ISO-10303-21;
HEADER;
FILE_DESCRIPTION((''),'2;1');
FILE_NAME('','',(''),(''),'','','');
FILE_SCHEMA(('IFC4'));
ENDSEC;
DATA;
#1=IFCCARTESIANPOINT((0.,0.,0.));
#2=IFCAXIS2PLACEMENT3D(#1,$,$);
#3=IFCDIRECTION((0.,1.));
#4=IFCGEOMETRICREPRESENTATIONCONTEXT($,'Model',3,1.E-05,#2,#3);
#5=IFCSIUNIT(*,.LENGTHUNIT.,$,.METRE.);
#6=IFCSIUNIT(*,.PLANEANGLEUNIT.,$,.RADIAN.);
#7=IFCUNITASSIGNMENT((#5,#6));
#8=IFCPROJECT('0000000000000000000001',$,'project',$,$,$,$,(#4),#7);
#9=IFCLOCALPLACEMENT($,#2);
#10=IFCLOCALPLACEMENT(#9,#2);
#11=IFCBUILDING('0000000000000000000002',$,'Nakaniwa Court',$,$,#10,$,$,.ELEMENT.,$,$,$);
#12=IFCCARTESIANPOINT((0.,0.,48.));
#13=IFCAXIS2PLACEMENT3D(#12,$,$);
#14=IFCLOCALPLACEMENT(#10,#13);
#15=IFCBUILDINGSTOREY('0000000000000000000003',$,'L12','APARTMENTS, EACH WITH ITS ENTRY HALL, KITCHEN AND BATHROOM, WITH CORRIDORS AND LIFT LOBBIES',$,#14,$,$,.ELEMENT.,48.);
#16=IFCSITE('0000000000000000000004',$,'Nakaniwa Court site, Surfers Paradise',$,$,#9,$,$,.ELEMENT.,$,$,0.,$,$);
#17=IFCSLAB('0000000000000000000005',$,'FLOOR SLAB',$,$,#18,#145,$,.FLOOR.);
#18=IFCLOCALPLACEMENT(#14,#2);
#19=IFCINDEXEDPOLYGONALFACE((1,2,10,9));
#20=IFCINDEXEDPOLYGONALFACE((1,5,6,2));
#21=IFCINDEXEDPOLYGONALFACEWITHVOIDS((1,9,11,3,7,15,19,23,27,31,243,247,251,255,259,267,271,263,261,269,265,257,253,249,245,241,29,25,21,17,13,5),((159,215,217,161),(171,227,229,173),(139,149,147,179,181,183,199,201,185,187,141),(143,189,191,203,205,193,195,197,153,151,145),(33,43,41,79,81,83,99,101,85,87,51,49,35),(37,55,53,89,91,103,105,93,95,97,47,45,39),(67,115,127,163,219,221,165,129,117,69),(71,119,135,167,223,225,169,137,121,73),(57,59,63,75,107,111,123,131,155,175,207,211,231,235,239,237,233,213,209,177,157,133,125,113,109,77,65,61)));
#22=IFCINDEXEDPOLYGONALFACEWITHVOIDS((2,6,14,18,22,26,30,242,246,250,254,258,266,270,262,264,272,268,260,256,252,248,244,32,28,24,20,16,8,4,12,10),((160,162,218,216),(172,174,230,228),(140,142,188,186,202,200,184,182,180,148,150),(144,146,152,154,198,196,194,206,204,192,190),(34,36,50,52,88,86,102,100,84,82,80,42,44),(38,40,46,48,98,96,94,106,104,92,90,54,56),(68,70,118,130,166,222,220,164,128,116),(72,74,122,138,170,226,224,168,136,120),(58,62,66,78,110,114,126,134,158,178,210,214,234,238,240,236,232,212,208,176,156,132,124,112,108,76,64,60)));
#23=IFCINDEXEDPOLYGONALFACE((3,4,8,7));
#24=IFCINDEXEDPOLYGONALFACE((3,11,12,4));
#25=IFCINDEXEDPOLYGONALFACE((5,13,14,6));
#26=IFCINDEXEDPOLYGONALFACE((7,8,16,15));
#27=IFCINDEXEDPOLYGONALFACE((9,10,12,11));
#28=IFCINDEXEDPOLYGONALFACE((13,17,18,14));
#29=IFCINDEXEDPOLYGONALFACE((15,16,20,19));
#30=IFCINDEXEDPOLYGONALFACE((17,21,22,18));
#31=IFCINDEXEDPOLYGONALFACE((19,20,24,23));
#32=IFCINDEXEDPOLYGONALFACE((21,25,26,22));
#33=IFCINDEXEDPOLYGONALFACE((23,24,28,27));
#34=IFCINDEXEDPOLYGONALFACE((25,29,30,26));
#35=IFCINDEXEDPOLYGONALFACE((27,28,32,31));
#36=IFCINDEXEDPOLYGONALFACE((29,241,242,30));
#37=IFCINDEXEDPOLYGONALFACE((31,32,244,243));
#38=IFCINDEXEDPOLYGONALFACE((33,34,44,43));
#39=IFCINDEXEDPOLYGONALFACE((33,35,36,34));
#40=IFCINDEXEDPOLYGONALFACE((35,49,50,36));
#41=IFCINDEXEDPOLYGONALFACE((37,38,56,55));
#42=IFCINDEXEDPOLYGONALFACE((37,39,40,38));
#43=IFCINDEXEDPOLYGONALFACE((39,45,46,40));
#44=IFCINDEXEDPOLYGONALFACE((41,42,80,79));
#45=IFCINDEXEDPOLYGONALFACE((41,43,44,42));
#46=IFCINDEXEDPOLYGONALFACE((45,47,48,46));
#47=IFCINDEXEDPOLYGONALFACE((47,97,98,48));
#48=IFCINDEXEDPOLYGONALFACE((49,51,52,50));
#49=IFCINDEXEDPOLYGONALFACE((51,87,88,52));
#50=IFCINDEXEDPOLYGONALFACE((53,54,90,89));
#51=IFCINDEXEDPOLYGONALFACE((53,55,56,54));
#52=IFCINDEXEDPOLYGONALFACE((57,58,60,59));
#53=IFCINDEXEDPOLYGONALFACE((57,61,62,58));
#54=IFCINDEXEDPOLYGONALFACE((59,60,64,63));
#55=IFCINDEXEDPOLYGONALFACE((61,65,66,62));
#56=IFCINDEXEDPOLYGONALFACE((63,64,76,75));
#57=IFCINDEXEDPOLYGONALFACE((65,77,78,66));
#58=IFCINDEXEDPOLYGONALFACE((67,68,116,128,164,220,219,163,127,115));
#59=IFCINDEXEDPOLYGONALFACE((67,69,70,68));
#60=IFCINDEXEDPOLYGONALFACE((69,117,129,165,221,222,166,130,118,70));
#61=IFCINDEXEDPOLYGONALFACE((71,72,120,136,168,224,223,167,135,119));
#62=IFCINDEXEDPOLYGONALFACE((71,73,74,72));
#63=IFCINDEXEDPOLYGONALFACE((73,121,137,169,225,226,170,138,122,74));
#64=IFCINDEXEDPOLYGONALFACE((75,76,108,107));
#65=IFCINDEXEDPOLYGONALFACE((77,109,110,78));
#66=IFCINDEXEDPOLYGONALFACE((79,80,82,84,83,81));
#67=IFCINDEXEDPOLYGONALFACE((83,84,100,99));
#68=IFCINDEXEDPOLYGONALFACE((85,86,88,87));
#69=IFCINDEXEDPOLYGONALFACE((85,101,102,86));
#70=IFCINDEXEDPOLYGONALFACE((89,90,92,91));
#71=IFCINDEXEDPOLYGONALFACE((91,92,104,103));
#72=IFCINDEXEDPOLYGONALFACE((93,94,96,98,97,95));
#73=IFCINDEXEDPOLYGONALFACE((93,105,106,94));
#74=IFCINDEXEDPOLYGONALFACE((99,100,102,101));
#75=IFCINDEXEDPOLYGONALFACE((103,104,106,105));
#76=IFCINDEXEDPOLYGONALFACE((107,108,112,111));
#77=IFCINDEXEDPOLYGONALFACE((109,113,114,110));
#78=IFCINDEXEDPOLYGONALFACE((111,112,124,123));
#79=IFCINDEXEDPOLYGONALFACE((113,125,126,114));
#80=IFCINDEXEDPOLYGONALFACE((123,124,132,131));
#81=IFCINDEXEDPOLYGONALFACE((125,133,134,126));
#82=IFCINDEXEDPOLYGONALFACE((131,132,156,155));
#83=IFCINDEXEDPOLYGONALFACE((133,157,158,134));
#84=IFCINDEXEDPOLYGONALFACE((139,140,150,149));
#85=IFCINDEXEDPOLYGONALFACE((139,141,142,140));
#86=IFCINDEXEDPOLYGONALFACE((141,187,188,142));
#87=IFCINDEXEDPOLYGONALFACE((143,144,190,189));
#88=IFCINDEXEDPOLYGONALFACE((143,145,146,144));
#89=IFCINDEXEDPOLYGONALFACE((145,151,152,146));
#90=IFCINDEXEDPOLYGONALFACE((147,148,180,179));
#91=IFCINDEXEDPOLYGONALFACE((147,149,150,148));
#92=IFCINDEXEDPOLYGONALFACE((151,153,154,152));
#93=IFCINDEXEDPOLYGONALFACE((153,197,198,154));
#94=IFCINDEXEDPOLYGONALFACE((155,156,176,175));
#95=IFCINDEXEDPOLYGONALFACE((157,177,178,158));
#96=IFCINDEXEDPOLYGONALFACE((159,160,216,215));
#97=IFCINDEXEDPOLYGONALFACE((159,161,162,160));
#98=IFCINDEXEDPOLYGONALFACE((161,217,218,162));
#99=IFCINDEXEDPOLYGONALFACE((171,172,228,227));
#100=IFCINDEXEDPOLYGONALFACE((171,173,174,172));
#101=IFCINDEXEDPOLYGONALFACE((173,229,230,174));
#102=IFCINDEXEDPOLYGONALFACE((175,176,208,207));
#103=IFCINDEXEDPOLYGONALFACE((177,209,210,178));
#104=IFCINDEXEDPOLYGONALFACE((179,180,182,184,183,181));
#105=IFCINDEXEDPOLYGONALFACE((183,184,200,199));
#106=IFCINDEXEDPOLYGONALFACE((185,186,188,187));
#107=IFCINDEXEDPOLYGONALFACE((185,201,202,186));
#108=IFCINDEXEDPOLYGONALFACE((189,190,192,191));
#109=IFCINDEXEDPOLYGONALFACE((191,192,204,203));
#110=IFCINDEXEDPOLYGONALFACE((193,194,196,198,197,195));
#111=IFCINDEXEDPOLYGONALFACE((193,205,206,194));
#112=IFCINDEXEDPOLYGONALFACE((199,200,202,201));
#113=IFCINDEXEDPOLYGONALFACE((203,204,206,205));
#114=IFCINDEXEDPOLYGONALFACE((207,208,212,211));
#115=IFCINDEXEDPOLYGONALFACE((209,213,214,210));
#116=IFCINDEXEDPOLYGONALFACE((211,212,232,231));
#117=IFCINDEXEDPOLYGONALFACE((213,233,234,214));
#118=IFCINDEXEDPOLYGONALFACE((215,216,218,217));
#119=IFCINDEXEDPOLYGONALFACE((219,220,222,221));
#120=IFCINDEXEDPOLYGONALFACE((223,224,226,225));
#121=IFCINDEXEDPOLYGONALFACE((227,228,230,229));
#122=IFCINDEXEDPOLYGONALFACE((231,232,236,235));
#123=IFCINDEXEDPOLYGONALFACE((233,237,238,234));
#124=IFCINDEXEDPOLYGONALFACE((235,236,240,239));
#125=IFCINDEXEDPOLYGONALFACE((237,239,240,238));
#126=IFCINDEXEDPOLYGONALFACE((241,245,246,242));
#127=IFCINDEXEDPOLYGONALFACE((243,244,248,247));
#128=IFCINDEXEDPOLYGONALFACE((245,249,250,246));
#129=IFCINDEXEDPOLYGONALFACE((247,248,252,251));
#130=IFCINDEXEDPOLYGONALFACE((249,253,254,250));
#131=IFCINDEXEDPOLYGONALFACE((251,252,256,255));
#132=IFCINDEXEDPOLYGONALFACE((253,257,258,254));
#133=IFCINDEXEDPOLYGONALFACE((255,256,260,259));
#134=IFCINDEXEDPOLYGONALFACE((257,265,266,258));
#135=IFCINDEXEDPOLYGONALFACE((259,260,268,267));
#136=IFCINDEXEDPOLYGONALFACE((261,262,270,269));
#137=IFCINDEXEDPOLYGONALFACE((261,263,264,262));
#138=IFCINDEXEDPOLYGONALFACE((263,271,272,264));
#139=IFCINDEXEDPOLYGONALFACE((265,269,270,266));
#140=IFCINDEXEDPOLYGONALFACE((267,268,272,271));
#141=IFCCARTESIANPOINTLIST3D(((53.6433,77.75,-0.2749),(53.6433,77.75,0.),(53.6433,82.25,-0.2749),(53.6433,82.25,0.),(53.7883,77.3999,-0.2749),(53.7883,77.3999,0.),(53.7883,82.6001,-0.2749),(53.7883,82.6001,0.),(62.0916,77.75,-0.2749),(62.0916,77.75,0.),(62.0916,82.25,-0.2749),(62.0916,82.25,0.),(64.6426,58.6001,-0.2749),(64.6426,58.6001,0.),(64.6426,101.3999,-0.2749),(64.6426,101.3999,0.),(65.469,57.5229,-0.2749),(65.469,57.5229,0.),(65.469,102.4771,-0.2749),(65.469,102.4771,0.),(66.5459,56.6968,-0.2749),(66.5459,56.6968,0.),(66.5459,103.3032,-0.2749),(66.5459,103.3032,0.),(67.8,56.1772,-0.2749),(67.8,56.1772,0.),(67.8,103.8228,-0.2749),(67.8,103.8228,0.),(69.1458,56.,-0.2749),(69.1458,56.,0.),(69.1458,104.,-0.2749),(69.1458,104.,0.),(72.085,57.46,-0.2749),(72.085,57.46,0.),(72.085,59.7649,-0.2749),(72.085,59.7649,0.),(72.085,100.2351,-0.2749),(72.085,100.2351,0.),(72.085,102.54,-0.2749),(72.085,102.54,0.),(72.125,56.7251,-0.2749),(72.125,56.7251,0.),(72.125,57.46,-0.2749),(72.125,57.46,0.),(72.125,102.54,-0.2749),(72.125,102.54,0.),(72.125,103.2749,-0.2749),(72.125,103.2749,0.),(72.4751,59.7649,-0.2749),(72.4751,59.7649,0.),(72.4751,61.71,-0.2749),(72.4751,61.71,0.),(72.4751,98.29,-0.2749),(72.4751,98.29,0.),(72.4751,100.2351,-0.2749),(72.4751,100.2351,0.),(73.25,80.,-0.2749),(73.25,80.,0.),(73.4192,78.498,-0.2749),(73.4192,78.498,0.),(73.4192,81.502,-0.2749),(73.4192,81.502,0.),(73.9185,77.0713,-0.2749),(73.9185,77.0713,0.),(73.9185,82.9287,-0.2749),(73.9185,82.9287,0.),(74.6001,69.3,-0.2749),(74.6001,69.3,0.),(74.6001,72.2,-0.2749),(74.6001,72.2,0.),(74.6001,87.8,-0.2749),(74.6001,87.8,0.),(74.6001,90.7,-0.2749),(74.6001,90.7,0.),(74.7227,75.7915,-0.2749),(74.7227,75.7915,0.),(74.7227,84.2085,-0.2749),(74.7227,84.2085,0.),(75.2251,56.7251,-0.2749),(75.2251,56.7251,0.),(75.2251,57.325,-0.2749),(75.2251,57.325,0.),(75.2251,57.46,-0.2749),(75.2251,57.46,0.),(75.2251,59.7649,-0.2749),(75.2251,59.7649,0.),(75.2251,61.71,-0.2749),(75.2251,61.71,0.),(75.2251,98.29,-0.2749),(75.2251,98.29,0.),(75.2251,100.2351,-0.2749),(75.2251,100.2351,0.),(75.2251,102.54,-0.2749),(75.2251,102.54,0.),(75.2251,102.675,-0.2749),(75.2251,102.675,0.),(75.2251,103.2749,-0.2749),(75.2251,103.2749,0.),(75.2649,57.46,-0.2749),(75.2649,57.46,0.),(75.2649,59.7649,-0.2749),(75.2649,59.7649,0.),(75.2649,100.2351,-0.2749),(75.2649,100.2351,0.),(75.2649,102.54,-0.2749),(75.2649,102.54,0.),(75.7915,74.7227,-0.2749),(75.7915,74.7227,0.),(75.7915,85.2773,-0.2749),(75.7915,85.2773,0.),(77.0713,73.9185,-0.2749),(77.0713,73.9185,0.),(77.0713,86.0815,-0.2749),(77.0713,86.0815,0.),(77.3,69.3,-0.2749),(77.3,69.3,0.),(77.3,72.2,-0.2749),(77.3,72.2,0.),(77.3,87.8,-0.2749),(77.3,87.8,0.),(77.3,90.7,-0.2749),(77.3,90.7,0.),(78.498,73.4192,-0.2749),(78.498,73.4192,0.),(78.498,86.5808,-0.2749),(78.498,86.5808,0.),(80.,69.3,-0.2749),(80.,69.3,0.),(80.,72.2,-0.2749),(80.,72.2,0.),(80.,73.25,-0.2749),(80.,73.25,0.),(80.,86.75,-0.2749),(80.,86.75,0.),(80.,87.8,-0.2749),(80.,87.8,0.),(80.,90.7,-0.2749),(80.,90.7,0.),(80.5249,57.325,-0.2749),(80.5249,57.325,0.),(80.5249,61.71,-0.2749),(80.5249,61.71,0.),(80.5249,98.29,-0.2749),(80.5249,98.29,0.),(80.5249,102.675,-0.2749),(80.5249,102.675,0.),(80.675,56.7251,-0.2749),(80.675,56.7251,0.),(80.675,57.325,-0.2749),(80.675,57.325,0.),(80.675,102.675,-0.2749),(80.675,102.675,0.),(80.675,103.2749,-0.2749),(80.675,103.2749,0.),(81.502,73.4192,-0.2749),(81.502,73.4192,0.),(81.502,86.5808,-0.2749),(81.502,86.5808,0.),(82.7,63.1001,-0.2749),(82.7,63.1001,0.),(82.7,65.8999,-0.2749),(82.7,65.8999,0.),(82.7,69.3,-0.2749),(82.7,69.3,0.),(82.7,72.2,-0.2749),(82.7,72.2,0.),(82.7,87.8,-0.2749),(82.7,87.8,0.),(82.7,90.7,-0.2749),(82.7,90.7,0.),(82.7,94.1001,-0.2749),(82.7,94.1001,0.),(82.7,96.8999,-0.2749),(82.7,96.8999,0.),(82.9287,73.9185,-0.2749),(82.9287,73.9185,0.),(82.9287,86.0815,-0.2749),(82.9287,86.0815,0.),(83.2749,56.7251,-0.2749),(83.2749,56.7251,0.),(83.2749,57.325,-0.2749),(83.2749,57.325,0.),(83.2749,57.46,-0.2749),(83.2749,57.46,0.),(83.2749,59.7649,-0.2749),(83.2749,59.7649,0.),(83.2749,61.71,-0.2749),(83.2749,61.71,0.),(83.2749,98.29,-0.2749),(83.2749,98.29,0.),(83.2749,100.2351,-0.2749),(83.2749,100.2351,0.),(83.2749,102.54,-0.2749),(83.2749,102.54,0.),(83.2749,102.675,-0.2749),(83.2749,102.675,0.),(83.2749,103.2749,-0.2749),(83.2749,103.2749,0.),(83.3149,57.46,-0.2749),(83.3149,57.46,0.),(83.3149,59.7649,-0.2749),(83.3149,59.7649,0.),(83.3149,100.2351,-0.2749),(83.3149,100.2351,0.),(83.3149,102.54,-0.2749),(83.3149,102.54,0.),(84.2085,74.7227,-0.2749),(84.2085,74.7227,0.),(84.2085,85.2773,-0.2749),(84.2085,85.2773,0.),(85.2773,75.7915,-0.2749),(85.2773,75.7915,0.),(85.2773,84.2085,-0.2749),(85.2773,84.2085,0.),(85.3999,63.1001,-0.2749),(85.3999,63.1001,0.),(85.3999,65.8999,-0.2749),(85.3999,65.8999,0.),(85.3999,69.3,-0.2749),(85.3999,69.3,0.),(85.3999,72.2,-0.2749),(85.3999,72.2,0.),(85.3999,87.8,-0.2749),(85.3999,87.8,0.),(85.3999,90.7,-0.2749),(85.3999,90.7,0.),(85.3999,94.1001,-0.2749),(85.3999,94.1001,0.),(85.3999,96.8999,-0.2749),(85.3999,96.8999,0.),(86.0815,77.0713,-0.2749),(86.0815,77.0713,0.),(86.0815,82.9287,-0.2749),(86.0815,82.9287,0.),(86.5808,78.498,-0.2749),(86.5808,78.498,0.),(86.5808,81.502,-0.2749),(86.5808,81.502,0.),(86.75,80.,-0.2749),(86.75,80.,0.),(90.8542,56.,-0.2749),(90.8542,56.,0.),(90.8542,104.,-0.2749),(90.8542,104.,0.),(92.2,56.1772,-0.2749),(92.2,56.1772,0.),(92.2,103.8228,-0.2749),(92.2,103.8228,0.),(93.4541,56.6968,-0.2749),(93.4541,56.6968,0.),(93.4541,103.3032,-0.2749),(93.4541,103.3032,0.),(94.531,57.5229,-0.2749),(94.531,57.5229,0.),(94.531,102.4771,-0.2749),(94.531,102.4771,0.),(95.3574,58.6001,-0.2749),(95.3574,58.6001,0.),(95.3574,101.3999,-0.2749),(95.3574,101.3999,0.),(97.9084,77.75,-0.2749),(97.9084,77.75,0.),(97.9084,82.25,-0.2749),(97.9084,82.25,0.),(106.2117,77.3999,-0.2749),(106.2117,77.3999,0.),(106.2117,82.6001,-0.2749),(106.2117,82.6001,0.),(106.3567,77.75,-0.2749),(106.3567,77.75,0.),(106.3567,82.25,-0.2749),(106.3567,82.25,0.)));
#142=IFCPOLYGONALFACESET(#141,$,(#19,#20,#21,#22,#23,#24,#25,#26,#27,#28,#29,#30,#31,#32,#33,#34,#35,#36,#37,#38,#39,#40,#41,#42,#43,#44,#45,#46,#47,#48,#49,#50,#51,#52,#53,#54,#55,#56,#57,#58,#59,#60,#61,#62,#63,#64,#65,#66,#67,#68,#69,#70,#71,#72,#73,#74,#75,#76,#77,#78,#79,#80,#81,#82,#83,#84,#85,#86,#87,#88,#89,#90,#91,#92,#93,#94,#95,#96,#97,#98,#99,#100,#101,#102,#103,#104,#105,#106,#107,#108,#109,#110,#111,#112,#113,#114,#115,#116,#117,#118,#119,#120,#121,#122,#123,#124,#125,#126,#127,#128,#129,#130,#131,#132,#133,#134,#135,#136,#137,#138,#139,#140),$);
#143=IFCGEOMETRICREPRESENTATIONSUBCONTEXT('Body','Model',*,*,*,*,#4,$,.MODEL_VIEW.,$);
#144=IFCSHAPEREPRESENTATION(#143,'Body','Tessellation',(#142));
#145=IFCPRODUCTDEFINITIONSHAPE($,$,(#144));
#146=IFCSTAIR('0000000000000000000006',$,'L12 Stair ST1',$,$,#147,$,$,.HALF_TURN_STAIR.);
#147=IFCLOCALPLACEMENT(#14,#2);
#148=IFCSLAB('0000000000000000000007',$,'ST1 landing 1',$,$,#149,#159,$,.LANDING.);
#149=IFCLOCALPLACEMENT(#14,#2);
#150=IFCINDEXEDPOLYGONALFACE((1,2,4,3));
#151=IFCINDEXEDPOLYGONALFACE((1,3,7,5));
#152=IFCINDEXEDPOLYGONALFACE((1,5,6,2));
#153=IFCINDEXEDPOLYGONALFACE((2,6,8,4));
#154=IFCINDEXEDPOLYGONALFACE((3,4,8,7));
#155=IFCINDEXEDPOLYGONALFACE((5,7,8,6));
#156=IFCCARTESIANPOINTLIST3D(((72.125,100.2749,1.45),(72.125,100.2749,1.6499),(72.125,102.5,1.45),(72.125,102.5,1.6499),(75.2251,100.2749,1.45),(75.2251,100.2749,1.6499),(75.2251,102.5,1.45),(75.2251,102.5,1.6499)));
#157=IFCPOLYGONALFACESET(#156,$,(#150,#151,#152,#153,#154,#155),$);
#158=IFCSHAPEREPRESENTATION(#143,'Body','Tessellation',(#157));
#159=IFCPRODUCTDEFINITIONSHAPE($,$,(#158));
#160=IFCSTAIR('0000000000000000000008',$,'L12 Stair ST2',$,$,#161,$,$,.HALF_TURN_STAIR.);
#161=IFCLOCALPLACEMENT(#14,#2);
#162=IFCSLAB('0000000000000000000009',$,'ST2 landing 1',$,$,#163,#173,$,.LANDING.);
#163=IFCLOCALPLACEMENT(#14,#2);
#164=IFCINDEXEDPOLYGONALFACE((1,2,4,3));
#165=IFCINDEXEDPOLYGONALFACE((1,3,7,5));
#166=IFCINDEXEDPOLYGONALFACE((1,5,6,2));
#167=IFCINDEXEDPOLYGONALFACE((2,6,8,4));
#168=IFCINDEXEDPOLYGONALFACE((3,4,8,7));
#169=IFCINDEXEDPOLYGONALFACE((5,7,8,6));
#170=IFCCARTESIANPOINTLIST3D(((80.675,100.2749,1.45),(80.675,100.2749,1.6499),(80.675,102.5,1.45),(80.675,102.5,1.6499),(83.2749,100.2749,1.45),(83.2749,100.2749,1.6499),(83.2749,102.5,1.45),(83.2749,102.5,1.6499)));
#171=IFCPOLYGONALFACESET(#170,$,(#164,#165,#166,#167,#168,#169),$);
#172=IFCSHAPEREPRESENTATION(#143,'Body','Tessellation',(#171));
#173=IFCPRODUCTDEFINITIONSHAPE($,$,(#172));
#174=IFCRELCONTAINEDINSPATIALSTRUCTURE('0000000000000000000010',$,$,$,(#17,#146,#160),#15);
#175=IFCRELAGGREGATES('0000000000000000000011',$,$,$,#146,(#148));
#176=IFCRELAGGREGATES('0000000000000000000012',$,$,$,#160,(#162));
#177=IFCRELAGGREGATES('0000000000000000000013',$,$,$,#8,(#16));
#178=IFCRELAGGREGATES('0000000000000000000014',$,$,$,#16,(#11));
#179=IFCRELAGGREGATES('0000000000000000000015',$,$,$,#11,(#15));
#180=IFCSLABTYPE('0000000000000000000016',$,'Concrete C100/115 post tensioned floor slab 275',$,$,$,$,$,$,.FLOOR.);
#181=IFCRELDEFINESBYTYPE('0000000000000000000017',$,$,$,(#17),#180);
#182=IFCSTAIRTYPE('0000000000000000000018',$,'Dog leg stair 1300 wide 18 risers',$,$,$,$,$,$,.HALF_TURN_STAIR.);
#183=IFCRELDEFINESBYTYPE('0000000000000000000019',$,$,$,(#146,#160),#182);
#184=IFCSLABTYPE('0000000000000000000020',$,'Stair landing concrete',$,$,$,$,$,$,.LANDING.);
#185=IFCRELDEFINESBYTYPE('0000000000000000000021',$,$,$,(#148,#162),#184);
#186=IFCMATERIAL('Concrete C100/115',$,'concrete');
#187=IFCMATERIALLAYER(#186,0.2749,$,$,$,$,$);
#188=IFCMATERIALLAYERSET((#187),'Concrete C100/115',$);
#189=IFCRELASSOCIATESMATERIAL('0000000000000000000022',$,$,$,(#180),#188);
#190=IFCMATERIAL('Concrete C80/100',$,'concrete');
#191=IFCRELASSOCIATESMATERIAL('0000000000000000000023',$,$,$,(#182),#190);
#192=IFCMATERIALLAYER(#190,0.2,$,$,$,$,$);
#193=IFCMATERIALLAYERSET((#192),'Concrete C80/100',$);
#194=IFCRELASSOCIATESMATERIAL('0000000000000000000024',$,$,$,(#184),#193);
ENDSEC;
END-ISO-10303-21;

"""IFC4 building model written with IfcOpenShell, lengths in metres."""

from ifc_helpers import new_model, si_unit, direction, frame, origin, place, context, subcontext, project, spatial, polyline, outline, extrude, material, layer, layer_set, type_object, element, aggregate, save


model = new_model("IFC4")

# Units and contexts
model_context = context("Model", 3, precision=1e-05, world=origin(), true_north=direction((0.0, 1.0)))
body_context = subcontext(model_context, "Body", "Model", "MODEL_VIEW")
ifc_project = project(units=[si_unit("LENGTHUNIT", "METRE"), si_unit("PLANEANGLEUNIT", "RADIAN")], contexts=[model_context])

# Site, building, storey
site_placement = place(None, origin())
site = spatial("IfcSite", under=ifc_project, at=site_placement, Name="Nakaniwa Court site, Surfers Paradise", CompositionType="ELEMENT", RefElevation=0.0)
building_placement = place(site_placement, origin())
building = spatial("IfcBuilding", under=site, at=building_placement, Name="Nakaniwa Court", CompositionType="ELEMENT")
storey_placement = place(building_placement, frame((0.0, 0.0, 48.0)))
storey = spatial("IfcBuildingStorey", under=building, at=storey_placement, Name="L12", Description="APARTMENTS, EACH WITH ITS ENTRY HALL, KITCHEN AND BATHROOM, WITH CORRIDORS AND LIFT LOBBIES", CompositionType="ELEMENT", Elevation=48.0)

# Shared definitions
ifc_material_1 = material(Name="Concrete C100/115", Category="concrete")

# Slab
ifc_layer_1 = layer(ifc_material_1, 0.2749)
ifc_layer_set_1 = layer_set([ifc_layer_1], Name="Concrete C100/115")
slab_type_1 = type_object("IfcSlabType", Name="Concrete C100/115 post tensioned floor slab 275", PredefinedType="FLOOR", material=ifc_layer_set_1)
slab_1_placement = place(storey_placement, frame((0.0, 0.0, -0.2749)))
element("IfcSlab", 1, at=slab_1_placement, inside=storey, type_object=slab_type_1, Name="FLOOR SLAB", PredefinedType="FLOOR", context=body_context, shape_type="SweptSolid", body=[
    extrude(outline(polyline([(97.9084, 82.25), (106.3567, 82.25), (106.2117, 82.6001), (95.3574, 101.3999), (94.531, 102.4771), (93.4541, 103.3032), (92.2, 103.8228), (90.8542, 104.0), (69.1458, 104.0), (67.8, 103.8228), (66.5459, 103.3032), (65.469, 102.4771), (64.6426, 101.3999), (53.7883, 82.6001), (53.6433, 82.25), (62.0916, 82.25), (62.0916, 77.75), (53.6433, 77.75), (53.7883, 77.3999), (64.6426, 58.6001), (65.469, 57.5229), (66.5459, 56.6968), (67.8, 56.1772), (69.1458, 56.0), (90.8542, 56.0), (92.2, 56.1772), (93.4541, 56.6968), (94.531, 57.5229), (95.3574, 58.6001), (106.2117, 77.3999), (106.3567, 77.75), (97.9084, 77.75), (97.9084, 82.25)]), holes=[polyline([(81.502, 86.5808), (80.0, 86.75), (78.498, 86.5808), (77.0713, 86.0815), (75.7915, 85.2773), (74.7227, 84.2085), (73.9185, 82.9287), (73.4192, 81.502), (73.25, 80.0), (73.4192, 78.498), (73.9185, 77.0713), (74.7227, 75.7915), (75.7915, 74.7227), (77.0713, 73.9185), (78.498, 73.4192), (80.0, 73.25), (81.502, 73.4192), (82.9287, 73.9185), (84.2085, 74.7227), (85.2773, 75.7915), (86.0815, 77.0713), (86.5808, 78.498), (86.75, 80.0), (86.5808, 81.502), (86.0815, 82.9287), (85.2773, 84.2085), (84.2085, 85.2773), (82.9287, 86.0815), (81.502, 86.5808)]), polyline([(75.2649, 57.46), (75.2649, 59.7649), (75.2251, 59.7649), (75.2251, 61.71), (72.4751, 61.71), (72.4751, 59.7649), (72.085, 59.7649), (72.085, 57.46), (72.125, 57.46), (72.125, 56.7251), (75.2251, 56.7251), (75.2251, 57.325), (75.2251, 57.46), (75.2649, 57.46)]), polyline([(80.0, 69.3), (82.7, 69.3), (85.3999, 69.3), (85.3999, 72.2), (82.7, 72.2), (80.0, 72.2), (77.3, 72.2), (74.6001, 72.2), (74.6001, 69.3), (77.3, 69.3), (80.0, 69.3)]), polyline([(80.0, 87.8), (82.7, 87.8), (85.3999, 87.8), (85.3999, 90.7), (82.7, 90.7), (80.0, 90.7), (77.3, 90.7), (74.6001, 90.7), (74.6001, 87.8), (77.3, 87.8), (80.0, 87.8)]), polyline([(75.2649, 100.2351), (75.2649, 102.54), (75.2251, 102.54), (75.2251, 102.675), (75.2251, 103.2749), (72.125, 103.2749), (72.125, 102.54), (72.085, 102.54), (72.085, 100.2351), (72.4751, 100.2351), (72.4751, 98.29), (75.2251, 98.29), (75.2251, 100.2351), (75.2649, 100.2351)]), polyline([(83.2749, 61.71), (80.5249, 61.71), (80.5249, 57.325), (80.675, 57.325), (80.675, 56.7251), (83.2749, 56.7251), (83.2749, 57.325), (83.2749, 57.46), (83.3149, 57.46), (83.3149, 59.7649), (83.2749, 59.7649), (83.2749, 61.71)]), polyline([(85.3999, 65.8999), (82.7, 65.8999), (82.7, 63.1001), (85.3999, 63.1001), (85.3999, 65.8999)]), polyline([(85.3999, 96.8999), (82.7, 96.8999), (82.7, 94.1001), (85.3999, 94.1001), (85.3999, 96.8999)]), polyline([(83.2749, 100.2351), (83.3149, 100.2351), (83.3149, 102.54), (83.2749, 102.54), (83.2749, 102.675), (83.2749, 103.2749), (80.675, 103.2749), (80.675, 102.675), (80.5249, 102.675), (80.5249, 98.29), (83.2749, 98.29), (83.2749, 100.2351)])]), origin(), (0.0, 0.0, 1.0), 0.2749),
])

# Stairs, slabs
ifc_material_2 = material(Name="Concrete C80/100", Category="concrete")
stair_type = type_object("IfcStairType", Name="Dog leg stair 1300 wide 18 risers", PredefinedType="HALF_TURN_STAIR", material=ifc_material_2)
stair_1_placement = place(storey_placement, origin())
stair_1 = element("IfcStair", 2, at=stair_1_placement, inside=storey, type_object=stair_type, Name="L12 Stair ST1", PredefinedType="HALF_TURN_STAIR")
ifc_layer_2 = layer(ifc_material_2, 0.2)
ifc_layer_set_2 = layer_set([ifc_layer_2], Name="Concrete C80/100")
slab_type_2 = type_object("IfcSlabType", Name="Stair landing concrete", PredefinedType="LANDING", material=ifc_layer_set_2)
slab_2_placement = place(storey_placement, frame((0.0, 0.0, 1.45)))
slab_2 = element("IfcSlab", 3, at=slab_2_placement, type_object=slab_type_2, Name="ST1 landing 1", PredefinedType="LANDING", context=body_context, shape_type="SweptSolid", body=[
    extrude(outline(polyline([(75.2251, 100.2749), (75.2251, 102.5), (72.125, 102.5), (72.125, 100.2749), (75.2251, 100.2749)])), origin(), (0.0, 0.0, 1.0), 0.2),
])
aggregate(stair_1, [slab_2])
stair_2_placement = place(storey_placement, origin())
stair_2 = element("IfcStair", 4, at=stair_2_placement, inside=storey, type_object=stair_type, Name="L12 Stair ST2", PredefinedType="HALF_TURN_STAIR")
slab_3_placement = place(storey_placement, frame((0.0, 0.0, 1.45)))
slab_3 = element("IfcSlab", 5, at=slab_3_placement, type_object=slab_type_2, Name="ST2 landing 1", PredefinedType="LANDING", context=body_context, shape_type="SweptSolid", body=[
    extrude(outline(polyline([(83.2749, 100.2749), (83.2749, 102.5), (80.675, 102.5), (80.675, 100.2749), (83.2749, 100.2749)])), origin(), (0.0, 0.0, 1.0), 0.2),
])
aggregate(stair_2, [slab_3])

save(model, "model.ifc")
